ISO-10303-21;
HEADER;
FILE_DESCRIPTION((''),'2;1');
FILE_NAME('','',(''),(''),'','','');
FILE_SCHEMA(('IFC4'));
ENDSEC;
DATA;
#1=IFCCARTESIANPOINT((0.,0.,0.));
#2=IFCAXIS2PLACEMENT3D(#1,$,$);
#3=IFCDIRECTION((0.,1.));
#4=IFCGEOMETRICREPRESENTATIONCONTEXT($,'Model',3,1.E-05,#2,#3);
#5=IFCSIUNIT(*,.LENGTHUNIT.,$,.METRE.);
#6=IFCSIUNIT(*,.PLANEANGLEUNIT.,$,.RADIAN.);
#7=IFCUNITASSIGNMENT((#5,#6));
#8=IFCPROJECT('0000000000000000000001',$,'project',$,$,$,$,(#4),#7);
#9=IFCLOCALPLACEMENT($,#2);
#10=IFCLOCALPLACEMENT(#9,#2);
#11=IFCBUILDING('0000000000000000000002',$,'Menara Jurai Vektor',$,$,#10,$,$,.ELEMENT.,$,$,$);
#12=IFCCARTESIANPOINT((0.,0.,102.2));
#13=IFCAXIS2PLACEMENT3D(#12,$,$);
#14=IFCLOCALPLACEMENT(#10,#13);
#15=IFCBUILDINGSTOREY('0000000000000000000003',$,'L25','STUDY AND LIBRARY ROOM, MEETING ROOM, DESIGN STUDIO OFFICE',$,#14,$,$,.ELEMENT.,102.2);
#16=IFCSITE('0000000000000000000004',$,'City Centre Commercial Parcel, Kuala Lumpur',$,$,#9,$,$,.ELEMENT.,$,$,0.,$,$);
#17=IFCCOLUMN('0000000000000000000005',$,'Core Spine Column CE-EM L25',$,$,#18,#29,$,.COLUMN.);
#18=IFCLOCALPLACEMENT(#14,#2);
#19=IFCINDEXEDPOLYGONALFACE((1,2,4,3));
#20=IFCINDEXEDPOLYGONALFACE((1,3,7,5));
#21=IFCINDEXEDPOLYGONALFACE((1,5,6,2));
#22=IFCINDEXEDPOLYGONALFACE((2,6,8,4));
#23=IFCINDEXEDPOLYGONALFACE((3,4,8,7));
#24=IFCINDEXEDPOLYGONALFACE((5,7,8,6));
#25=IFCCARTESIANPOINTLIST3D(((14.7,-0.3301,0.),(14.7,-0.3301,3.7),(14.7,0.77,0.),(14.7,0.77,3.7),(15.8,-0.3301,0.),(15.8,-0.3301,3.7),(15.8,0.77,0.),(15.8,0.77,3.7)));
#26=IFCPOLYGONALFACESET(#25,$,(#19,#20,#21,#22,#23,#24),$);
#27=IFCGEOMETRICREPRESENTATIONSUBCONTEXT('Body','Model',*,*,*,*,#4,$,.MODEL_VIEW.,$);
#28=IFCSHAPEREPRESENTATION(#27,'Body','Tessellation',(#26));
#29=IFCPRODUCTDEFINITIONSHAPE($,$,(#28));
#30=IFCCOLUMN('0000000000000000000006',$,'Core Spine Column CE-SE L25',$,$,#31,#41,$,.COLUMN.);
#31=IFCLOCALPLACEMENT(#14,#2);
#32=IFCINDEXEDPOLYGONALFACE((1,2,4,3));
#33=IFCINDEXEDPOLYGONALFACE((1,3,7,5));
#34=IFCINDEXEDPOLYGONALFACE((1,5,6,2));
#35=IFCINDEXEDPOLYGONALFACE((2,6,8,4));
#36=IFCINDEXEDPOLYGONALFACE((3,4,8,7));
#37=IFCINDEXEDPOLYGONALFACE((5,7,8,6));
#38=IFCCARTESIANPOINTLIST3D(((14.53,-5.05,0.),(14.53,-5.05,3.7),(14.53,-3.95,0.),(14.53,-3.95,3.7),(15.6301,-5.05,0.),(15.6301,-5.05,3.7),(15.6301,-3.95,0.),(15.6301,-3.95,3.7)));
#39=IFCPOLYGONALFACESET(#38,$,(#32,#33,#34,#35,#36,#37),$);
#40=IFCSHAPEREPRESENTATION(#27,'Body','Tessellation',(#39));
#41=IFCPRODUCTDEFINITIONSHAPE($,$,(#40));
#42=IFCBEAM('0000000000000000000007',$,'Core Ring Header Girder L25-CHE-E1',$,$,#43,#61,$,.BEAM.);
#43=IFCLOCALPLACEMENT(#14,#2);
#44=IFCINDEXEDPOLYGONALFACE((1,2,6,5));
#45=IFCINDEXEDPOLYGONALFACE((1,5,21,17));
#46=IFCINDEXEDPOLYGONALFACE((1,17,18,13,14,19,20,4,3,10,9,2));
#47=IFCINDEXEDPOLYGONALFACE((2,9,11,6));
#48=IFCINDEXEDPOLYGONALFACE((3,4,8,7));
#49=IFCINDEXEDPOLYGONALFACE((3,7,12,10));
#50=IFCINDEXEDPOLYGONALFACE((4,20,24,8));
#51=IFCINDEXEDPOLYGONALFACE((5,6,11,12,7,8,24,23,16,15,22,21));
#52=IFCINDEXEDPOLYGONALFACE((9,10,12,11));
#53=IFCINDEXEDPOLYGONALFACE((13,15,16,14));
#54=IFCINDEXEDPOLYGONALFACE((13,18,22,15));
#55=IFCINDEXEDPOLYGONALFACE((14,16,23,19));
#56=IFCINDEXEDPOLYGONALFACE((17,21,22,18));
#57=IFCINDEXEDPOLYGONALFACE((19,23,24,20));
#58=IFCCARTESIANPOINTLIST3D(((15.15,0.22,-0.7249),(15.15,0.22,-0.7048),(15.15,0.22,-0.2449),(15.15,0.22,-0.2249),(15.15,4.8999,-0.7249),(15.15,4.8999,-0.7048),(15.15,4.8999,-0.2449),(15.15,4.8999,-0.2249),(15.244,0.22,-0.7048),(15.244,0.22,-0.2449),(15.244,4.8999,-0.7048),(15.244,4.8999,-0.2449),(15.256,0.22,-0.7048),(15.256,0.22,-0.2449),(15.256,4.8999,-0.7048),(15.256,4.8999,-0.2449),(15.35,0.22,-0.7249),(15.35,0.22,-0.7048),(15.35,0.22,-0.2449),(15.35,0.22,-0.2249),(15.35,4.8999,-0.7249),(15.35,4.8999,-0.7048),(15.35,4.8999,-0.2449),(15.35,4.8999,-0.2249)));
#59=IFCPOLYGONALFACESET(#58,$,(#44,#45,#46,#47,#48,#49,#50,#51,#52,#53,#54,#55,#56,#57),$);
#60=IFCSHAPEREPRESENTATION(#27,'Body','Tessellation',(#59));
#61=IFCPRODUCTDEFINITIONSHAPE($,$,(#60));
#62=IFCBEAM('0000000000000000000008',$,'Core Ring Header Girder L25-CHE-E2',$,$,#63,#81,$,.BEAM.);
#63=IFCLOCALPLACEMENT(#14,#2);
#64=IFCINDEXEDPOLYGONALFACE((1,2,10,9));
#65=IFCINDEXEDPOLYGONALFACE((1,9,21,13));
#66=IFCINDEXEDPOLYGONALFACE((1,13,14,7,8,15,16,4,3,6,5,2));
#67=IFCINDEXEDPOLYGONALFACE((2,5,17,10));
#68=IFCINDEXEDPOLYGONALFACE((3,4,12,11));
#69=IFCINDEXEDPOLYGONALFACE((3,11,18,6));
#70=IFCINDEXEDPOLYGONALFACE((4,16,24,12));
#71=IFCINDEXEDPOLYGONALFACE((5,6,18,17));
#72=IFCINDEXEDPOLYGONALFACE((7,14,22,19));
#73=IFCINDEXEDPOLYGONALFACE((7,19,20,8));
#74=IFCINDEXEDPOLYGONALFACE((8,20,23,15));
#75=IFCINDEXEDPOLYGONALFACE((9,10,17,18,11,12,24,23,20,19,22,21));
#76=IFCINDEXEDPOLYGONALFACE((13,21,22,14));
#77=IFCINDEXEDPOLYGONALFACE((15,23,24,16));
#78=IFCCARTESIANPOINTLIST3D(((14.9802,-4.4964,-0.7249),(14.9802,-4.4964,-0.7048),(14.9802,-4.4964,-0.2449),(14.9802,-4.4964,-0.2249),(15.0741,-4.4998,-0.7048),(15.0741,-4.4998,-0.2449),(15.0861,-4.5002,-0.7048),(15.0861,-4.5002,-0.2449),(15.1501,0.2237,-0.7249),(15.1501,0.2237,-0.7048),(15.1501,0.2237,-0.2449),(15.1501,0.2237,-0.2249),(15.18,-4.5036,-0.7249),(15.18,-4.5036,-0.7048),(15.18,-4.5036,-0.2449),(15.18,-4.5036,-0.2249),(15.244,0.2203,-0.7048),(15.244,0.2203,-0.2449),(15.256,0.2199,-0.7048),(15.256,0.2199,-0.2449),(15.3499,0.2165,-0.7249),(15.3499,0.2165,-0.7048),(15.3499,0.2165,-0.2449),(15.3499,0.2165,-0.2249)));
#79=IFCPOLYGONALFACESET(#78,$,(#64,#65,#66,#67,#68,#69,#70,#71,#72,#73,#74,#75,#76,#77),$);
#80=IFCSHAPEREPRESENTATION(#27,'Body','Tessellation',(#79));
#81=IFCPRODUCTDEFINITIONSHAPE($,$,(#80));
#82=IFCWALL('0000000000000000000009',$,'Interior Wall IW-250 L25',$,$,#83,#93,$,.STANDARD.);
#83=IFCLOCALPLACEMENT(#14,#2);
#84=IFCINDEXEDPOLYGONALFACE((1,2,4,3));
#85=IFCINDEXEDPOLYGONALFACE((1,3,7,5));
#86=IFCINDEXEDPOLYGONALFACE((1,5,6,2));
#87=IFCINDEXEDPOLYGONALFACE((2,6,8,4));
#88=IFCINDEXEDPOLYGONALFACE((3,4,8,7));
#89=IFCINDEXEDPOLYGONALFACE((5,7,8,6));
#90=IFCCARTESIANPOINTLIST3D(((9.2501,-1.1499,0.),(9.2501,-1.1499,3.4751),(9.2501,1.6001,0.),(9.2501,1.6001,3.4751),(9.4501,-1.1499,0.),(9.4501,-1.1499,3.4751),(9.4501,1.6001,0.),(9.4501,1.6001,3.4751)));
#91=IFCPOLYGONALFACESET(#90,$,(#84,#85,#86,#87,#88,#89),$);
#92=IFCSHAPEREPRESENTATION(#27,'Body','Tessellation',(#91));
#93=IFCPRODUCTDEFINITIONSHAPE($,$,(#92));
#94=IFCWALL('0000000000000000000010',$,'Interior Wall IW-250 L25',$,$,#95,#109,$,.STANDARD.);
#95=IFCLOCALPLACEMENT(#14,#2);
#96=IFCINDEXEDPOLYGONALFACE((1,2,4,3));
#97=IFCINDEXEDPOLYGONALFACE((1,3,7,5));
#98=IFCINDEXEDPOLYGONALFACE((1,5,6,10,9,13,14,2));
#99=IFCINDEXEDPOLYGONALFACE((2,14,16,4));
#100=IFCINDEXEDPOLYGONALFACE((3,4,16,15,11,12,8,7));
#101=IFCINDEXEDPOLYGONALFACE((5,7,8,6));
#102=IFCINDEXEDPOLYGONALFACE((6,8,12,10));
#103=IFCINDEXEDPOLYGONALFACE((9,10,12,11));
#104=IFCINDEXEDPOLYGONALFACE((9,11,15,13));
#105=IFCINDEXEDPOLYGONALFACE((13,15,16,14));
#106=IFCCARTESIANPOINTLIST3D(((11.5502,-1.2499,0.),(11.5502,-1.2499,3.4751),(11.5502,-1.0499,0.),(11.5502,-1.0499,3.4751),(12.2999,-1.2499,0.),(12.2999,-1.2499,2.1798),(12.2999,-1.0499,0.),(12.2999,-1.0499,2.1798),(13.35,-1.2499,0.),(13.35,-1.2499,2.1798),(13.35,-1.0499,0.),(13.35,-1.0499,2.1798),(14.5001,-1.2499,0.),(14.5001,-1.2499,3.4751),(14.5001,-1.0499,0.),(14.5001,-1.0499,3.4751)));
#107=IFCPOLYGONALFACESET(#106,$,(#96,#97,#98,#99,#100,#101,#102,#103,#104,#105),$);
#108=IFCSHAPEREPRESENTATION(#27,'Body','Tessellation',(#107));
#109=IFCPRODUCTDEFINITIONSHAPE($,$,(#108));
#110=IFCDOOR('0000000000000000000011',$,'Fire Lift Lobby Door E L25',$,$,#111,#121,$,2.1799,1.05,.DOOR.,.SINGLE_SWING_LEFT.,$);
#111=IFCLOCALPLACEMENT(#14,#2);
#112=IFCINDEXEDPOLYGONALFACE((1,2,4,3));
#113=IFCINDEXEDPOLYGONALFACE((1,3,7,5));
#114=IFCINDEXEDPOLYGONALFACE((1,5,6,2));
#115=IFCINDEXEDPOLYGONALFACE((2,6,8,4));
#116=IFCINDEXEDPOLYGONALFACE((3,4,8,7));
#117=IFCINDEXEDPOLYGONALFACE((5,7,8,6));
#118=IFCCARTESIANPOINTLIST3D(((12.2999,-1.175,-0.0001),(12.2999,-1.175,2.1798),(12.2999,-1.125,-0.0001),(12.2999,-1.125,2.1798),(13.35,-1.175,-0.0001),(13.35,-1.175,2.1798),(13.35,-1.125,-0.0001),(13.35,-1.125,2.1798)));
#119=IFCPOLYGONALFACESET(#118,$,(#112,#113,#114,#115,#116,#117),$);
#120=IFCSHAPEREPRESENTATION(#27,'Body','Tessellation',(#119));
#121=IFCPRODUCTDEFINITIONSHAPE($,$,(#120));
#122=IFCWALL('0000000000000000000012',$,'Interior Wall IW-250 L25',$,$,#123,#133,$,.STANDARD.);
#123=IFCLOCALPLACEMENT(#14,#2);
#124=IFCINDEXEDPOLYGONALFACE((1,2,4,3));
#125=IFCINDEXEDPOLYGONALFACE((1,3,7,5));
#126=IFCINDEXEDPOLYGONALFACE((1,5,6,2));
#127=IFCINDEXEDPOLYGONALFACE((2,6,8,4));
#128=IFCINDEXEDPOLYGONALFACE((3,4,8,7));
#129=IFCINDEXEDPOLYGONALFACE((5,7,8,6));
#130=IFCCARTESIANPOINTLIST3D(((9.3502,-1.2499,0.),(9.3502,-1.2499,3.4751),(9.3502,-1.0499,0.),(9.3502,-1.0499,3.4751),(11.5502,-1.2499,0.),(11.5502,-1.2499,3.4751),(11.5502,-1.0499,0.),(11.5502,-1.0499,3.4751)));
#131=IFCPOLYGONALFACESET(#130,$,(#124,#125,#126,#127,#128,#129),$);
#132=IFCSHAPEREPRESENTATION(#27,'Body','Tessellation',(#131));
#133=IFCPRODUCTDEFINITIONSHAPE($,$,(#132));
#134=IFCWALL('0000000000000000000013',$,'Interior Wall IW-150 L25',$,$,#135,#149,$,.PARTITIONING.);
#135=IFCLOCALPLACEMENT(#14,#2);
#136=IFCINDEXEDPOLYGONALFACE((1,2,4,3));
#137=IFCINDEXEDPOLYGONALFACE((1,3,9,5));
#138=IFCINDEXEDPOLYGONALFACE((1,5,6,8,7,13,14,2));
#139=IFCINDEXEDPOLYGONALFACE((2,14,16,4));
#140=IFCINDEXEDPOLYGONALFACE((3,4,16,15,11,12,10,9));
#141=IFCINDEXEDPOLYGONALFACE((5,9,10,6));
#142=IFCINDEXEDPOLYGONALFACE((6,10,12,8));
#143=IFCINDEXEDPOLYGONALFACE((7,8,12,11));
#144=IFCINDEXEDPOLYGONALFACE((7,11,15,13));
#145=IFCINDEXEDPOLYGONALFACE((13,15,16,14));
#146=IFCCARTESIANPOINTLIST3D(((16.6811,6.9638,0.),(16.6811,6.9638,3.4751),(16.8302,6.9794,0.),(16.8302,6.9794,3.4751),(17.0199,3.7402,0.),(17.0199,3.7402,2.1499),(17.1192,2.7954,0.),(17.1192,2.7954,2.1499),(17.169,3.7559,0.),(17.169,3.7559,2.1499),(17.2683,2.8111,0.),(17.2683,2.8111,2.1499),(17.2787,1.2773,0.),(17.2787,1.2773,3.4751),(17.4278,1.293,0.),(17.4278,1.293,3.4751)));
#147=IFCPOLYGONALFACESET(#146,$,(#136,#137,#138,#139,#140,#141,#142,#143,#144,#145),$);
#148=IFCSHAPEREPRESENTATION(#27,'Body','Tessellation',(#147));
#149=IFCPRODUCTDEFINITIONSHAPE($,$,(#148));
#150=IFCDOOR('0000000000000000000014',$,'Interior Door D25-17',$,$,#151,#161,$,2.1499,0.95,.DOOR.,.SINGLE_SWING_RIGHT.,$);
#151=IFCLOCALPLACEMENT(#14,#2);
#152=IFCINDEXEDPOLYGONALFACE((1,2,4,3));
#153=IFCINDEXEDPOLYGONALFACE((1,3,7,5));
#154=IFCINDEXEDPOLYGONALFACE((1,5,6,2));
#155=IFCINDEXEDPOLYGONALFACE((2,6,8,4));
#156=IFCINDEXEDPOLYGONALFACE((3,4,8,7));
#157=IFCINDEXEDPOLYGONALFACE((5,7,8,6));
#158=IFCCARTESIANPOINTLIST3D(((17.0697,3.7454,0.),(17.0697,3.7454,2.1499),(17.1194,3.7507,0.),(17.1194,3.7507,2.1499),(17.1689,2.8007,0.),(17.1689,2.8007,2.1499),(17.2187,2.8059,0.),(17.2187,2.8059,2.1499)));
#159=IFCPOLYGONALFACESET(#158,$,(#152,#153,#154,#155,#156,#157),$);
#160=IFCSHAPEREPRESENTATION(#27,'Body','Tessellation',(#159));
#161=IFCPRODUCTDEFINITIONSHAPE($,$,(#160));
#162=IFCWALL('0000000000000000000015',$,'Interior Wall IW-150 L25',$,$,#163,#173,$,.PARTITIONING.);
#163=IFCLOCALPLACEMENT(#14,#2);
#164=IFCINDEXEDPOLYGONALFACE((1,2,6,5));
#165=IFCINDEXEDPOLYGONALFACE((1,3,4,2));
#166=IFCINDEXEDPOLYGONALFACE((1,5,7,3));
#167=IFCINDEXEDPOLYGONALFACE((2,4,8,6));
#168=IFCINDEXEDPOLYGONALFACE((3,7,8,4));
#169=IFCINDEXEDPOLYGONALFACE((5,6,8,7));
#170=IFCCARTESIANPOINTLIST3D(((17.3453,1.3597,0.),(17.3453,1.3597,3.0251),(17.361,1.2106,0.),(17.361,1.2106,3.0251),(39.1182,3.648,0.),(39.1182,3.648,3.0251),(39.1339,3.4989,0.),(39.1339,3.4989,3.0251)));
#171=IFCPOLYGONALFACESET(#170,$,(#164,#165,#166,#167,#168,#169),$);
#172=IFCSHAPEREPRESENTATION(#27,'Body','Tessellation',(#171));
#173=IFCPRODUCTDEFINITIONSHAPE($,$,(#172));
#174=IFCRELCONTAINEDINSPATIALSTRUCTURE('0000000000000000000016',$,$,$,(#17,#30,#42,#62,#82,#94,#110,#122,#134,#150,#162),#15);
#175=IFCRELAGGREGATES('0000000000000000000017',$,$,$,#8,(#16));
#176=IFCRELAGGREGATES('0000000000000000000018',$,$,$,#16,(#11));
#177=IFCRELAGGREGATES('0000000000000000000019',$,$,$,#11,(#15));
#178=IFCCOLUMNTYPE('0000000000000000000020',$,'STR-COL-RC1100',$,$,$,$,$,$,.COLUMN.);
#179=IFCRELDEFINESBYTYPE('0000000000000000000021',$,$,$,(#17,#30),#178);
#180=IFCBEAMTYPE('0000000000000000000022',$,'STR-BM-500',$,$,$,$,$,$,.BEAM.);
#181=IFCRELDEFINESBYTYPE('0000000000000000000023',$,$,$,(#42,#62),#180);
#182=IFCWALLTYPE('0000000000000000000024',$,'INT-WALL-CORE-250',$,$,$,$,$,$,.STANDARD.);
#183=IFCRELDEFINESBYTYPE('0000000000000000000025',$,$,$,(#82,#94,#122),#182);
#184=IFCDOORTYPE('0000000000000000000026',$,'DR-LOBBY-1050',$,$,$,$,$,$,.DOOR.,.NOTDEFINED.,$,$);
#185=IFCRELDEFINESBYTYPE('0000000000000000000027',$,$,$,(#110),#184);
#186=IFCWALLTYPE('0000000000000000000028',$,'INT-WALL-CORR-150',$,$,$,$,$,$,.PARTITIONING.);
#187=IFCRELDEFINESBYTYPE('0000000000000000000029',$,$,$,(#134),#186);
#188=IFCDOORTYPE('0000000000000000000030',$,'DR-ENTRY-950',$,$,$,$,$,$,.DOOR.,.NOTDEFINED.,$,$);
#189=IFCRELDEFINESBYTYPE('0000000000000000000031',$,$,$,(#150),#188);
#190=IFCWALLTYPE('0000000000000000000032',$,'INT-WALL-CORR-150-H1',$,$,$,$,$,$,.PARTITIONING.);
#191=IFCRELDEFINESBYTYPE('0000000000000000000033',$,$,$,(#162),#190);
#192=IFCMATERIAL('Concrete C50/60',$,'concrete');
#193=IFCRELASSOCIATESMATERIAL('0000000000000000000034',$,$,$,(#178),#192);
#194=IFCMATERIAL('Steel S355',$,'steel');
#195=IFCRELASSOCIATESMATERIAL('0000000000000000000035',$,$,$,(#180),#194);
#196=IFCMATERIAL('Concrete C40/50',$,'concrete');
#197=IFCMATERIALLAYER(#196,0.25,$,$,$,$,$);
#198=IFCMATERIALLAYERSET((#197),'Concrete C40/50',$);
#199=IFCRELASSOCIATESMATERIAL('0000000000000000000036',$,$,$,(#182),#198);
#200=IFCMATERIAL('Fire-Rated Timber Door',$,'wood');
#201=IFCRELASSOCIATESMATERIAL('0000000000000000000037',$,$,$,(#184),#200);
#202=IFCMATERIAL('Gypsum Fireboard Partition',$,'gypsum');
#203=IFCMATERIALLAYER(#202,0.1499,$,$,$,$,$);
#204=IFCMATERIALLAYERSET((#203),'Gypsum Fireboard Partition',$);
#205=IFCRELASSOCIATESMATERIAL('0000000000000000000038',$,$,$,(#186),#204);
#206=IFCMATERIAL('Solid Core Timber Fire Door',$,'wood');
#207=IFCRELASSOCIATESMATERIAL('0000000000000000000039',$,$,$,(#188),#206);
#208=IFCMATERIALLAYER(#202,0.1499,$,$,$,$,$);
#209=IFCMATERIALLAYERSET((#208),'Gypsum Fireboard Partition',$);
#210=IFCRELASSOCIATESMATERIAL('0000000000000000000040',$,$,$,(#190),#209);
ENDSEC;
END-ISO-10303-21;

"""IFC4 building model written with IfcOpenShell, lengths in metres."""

from ifc_helpers import new_model, si_unit, direction, frame, frame_2d, origin, origin_2d, place, context, subcontext, project, spatial, rectangle, i_section, extrude, material, layer, layer_set, material_profile, profile_set, type_object, element, fill, save


model = new_model("IFC4")

# Units and contexts
model_context = context("Model", 3, precision=1e-05, world=origin(), true_north=direction((0.0, 1.0)))
body_context = subcontext(model_context, "Body", "Model", "MODEL_VIEW")
ifc_project = project(units=[si_unit("LENGTHUNIT", "METRE"), si_unit("PLANEANGLEUNIT", "RADIAN")], contexts=[model_context])

# Site, building, storey
site_placement = place(None, origin())
site = spatial("IfcSite", under=ifc_project, at=site_placement, Name="City Centre Commercial Parcel, Kuala Lumpur", CompositionType="ELEMENT", RefElevation=0.0)
building_placement = place(site_placement, origin())
building = spatial("IfcBuilding", under=site, at=building_placement, Name="Menara Jurai Vektor", CompositionType="ELEMENT")
storey_placement = place(building_placement, frame((0.0, 0.0, 102.2)))
storey = spatial("IfcBuildingStorey", under=building, at=storey_placement, Name="L25", Description="STUDY AND LIBRARY ROOM, MEETING ROOM, DESIGN STUDIO OFFICE", CompositionType="ELEMENT", Elevation=102.2)

# Columns
ifc_material_1 = material(Name="Concrete C50/60", Category="concrete")
ifc_material_profile_1 = material_profile(ifc_material_1, rectangle(XDim=1.1001, YDim=1.1001, at=origin_2d()), Name="RC 1100x1100")
ifc_profile_set_1 = profile_set([ifc_material_profile_1], Name="Concrete C50/60")
column_type = type_object("IfcColumnType", Name="STR-COL-RC1100", PredefinedType="COLUMN", material=ifc_profile_set_1)
for number, where, z_axis, x_axis, name in (
    (1, (15.25, 0.22, 0.0), (0.0, 0.0, 1.0), (1.0, 0.0, 0.0), "Core Spine Column CE-EM L25"),
    (2, (15.0801, -4.5, 0.0), (0.0, 0.0, 1.0), (1.0, 0.0, 0.0), "Core Spine Column CE-SE L25"),
):
    element("IfcColumn", number, at=place(storey_placement, frame(where, z_axis=z_axis, x_axis=x_axis)), inside=storey, type_object=column_type, Name=name, PredefinedType="COLUMN", context=body_context, shape_type="SweptSolid", body=[
        extrude(rectangle(XDim=1.1001, YDim=1.1001, at=origin_2d()), origin(), (0.0, 0.0, 1.0), 3.7),
    ])

# Beams
ifc_material_2 = material(Name="Steel S355", Category="steel")
ifc_material_profile_2 = material_profile(ifc_material_2, i_section(OverallWidth=0.2, OverallDepth=0.5, WebThickness=0.012, FlangeThickness=0.02, at=origin_2d()), Name="PG 500x200x96")
ifc_profile_set_2 = profile_set([ifc_material_profile_2], Name="Steel S355")
beam_type = type_object("IfcBeamType", Name="STR-BM-500", PredefinedType="BEAM", material=ifc_profile_set_2)
beam_1_placement = place(storey_placement, frame((15.25, 0.22, -0.4749), z_axis=(0.0, 1.0, 0.0), x_axis=(-1.0, 0.0, 0.0)))
element("IfcBeam", 3, at=beam_1_placement, inside=storey, type_object=beam_type, Name="Core Ring Header Girder L25-CHE-E1", PredefinedType="BEAM", context=body_context, shape_type="SweptSolid", body=[
    extrude(i_section(OverallWidth=0.2, OverallDepth=0.5, WebThickness=0.012, FlangeThickness=0.02, at=origin_2d()), origin(), (0.0, 0.0, 1.0), 4.6799),
])
beam_2_placement = place(storey_placement, frame((15.0801, -4.5, -0.4749), z_axis=(0.035977, 0.999353, 0.0), x_axis=(-0.999353, 0.035977, 0.0)))
element("IfcBeam", 4, at=beam_2_placement, inside=storey, type_object=beam_type, Name="Core Ring Header Girder L25-CHE-E2", PredefinedType="BEAM", context=body_context, shape_type="SweptSolid", body=[
    extrude(i_section(OverallWidth=0.2, OverallDepth=0.5, WebThickness=0.012, FlangeThickness=0.02, at=origin_2d()), origin(), (0.0, 0.0, 1.0), 4.7231),
])

# Shared definitions
ifc_material_3 = material(Name="Concrete C40/50", Category="concrete")
ifc_layer_1 = layer(ifc_material_3, 0.25)
ifc_layer_set_1 = layer_set([ifc_layer_1], Name="Concrete C40/50")
wall_type_1 = type_object("IfcWallType", Name="INT-WALL-CORE-250", PredefinedType="STANDARD", material=ifc_layer_set_1)

# Wall
wall_1_placement = place(storey_placement, frame((9.3501, -1.1499, 0.0), z_axis=(0.0, 0.0, 1.0), x_axis=(0.0, 1.0, 0.0)))
element("IfcWall", 5, at=wall_1_placement, inside=storey, type_object=wall_type_1, Name="Interior Wall IW-250 L25", PredefinedType="STANDARD", context=body_context, shape_type="SweptSolid", body=[
    extrude(rectangle(XDim=2.75, YDim=0.2, at=frame_2d((1.375, 0.0))), origin(), (0.0, 0.0, 1.0), 3.4751),
])

# Wall, opening, door
wall_2_placement = place(storey_placement, frame((11.55, -1.1499, 0.0), z_axis=(0.0, 0.0, 1.0), x_axis=(1.0, 0.0, 0.0)))
wall_2 = element("IfcWall", 6, at=wall_2_placement, inside=storey, type_object=wall_type_1, Name="Interior Wall IW-250 L25", PredefinedType="STANDARD", context=body_context, shape_type="SweptSolid", body=[
    extrude(rectangle(XDim=2.95, YDim=0.2, at=frame_2d((1.4751, 0.0))), origin(), (0.0, 0.0, 1.0), 3.4751),
])
opening_1_placement = place(wall_2_placement, frame((0.75, 0.0, 0.0)))
opening_1 = element("IfcOpeningElement", 7, at=opening_1_placement, cuts=wall_2, PredefinedType="OPENING", context=body_context, shape_type="SweptSolid", body=[
    extrude(rectangle(XDim=1.05, YDim=2.1799, at=frame_2d((0.5249, 1.0898))), frame((0.0, 0.1099, 0.0), z_axis=(0.0, -1.0, 0.0), x_axis=(1.0, 0.0, 0.0)), (0.0, 0.0, 1.0), 0.22),
])
ifc_material_4 = material(Name="Fire-Rated Timber Door", Category="wood")
door_type_1 = type_object("IfcDoorType", Name="DR-LOBBY-1050", OperationType="NOTDEFINED", PredefinedType="DOOR", material=ifc_material_4)
door_1_placement = place(opening_1_placement, origin())
door_1 = element("IfcDoor", 8, at=door_1_placement, inside=storey, type_object=door_type_1, Name="Fire Lift Lobby Door E L25", OperationType="SINGLE_SWING_LEFT", OverallHeight=2.1799, OverallWidth=1.05, PredefinedType="DOOR", context=body_context, shape_type="SweptSolid", body=[
    extrude(rectangle(XDim=1.05, YDim=2.1799, at=frame_2d((0.5249, 1.0898))), frame((0.0, 0.0249, 0.0), z_axis=(0.0, -1.0, 0.0), x_axis=(1.0, 0.0, 0.0)), (0.0, 0.0, 1.0), 0.05),
])
fill(opening_1, door_1)

# Wall
wall_3_placement = place(storey_placement, frame((9.3501, -1.1499, 0.0), z_axis=(0.0, 0.0, 1.0), x_axis=(1.0, 0.0, 0.0)))
element("IfcWall", 9, at=wall_3_placement, inside=storey, type_object=wall_type_1, Name="Interior Wall IW-250 L25", PredefinedType="STANDARD", context=body_context, shape_type="SweptSolid", body=[
    extrude(rectangle(XDim=2.2, YDim=0.2, at=frame_2d((1.1001, 0.0))), origin(), (0.0, 0.0, 1.0), 3.4751),
])

# Wall, opening, door
ifc_material_5 = material(Name="Gypsum Fireboard Partition", Category="gypsum")
ifc_layer_2 = layer(ifc_material_5, 0.1499)
ifc_layer_set_2 = layer_set([ifc_layer_2], Name="Gypsum Fireboard Partition")
wall_type_2 = type_object("IfcWallType", Name="INT-WALL-CORR-150", PredefinedType="PARTITIONING", material=ifc_layer_set_2)
wall_4_placement = place(storey_placement, frame((17.3533, 1.2852, 0.0), z_axis=(0.0, 0.0, 1.0), x_axis=(-0.104525, 0.994522, 0.0)))
wall_4 = element("IfcWall", 10, at=wall_4_placement, inside=storey, type_object=wall_type_2, Name="Interior Wall IW-150 L25", PredefinedType="PARTITIONING", context=body_context, shape_type="SweptSolid", body=[
    extrude(rectangle(XDim=5.7178, YDim=0.1499, at=frame_2d((2.8589, 0.0))), origin(), (0.0, 0.0, 1.0), 3.4751),
])
opening_2_placement = place(wall_4_placement, frame((1.5264, 0.0, 0.0)))
opening_2 = element("IfcOpeningElement", 11, at=opening_2_placement, cuts=wall_4, PredefinedType="OPENING", context=body_context, shape_type="SweptSolid", body=[
    extrude(rectangle(XDim=0.95, YDim=2.1499, at=frame_2d((0.4751, 1.075))), frame((0.0, 0.085, 0.0), z_axis=(0.0, -1.0, 0.0), x_axis=(1.0, 0.0, 0.0)), (0.0, 0.0, 1.0), 0.1699),
])
ifc_material_6 = material(Name="Solid Core Timber Fire Door", Category="wood")
door_type_2 = type_object("IfcDoorType", Name="DR-ENTRY-950", OperationType="NOTDEFINED", PredefinedType="DOOR", material=ifc_material_6)
door_2_placement = place(opening_2_placement, origin())
door_2 = element("IfcDoor", 12, at=door_2_placement, inside=storey, type_object=door_type_2, Name="Interior Door D25-17", OperationType="SINGLE_SWING_RIGHT", OverallHeight=2.1499, OverallWidth=0.95, PredefinedType="DOOR", context=body_context, shape_type="SweptSolid", body=[
    extrude(rectangle(XDim=0.95, YDim=2.1499, at=frame_2d((0.4751, 1.075))), frame((0.0, 0.0249, 0.0), z_axis=(0.0, -1.0, 0.0), x_axis=(1.0, 0.0, 0.0)), (0.0, 0.0, 1.0), 0.05),
])
fill(opening_2, door_2)

# Wall
ifc_layer_3 = layer(ifc_material_5, 0.1499)
ifc_layer_set_3 = layer_set([ifc_layer_3], Name="Gypsum Fireboard Partition")
wall_type_3 = type_object("IfcWallType", Name="INT-WALL-CORR-150-H1", PredefinedType="PARTITIONING", material=ifc_layer_set_3)
wall_5_placement = place(storey_placement, frame((17.3533, 1.2852, 0.0), z_axis=(0.0, 0.0, 1.0), x_axis=(0.994522, 0.104524, 0.0)))
element("IfcWall", 13, at=wall_5_placement, inside=storey, type_object=wall_type_3, Name="Interior Wall IW-150 L25", PredefinedType="PARTITIONING", context=body_context, shape_type="SweptSolid", body=[
    extrude(rectangle(XDim=21.8928, YDim=0.1499, at=frame_2d((10.9463, 0.0))), origin(), (0.0, 0.0, 1.0), 3.0251),
])

save(model, "model.ifc")
